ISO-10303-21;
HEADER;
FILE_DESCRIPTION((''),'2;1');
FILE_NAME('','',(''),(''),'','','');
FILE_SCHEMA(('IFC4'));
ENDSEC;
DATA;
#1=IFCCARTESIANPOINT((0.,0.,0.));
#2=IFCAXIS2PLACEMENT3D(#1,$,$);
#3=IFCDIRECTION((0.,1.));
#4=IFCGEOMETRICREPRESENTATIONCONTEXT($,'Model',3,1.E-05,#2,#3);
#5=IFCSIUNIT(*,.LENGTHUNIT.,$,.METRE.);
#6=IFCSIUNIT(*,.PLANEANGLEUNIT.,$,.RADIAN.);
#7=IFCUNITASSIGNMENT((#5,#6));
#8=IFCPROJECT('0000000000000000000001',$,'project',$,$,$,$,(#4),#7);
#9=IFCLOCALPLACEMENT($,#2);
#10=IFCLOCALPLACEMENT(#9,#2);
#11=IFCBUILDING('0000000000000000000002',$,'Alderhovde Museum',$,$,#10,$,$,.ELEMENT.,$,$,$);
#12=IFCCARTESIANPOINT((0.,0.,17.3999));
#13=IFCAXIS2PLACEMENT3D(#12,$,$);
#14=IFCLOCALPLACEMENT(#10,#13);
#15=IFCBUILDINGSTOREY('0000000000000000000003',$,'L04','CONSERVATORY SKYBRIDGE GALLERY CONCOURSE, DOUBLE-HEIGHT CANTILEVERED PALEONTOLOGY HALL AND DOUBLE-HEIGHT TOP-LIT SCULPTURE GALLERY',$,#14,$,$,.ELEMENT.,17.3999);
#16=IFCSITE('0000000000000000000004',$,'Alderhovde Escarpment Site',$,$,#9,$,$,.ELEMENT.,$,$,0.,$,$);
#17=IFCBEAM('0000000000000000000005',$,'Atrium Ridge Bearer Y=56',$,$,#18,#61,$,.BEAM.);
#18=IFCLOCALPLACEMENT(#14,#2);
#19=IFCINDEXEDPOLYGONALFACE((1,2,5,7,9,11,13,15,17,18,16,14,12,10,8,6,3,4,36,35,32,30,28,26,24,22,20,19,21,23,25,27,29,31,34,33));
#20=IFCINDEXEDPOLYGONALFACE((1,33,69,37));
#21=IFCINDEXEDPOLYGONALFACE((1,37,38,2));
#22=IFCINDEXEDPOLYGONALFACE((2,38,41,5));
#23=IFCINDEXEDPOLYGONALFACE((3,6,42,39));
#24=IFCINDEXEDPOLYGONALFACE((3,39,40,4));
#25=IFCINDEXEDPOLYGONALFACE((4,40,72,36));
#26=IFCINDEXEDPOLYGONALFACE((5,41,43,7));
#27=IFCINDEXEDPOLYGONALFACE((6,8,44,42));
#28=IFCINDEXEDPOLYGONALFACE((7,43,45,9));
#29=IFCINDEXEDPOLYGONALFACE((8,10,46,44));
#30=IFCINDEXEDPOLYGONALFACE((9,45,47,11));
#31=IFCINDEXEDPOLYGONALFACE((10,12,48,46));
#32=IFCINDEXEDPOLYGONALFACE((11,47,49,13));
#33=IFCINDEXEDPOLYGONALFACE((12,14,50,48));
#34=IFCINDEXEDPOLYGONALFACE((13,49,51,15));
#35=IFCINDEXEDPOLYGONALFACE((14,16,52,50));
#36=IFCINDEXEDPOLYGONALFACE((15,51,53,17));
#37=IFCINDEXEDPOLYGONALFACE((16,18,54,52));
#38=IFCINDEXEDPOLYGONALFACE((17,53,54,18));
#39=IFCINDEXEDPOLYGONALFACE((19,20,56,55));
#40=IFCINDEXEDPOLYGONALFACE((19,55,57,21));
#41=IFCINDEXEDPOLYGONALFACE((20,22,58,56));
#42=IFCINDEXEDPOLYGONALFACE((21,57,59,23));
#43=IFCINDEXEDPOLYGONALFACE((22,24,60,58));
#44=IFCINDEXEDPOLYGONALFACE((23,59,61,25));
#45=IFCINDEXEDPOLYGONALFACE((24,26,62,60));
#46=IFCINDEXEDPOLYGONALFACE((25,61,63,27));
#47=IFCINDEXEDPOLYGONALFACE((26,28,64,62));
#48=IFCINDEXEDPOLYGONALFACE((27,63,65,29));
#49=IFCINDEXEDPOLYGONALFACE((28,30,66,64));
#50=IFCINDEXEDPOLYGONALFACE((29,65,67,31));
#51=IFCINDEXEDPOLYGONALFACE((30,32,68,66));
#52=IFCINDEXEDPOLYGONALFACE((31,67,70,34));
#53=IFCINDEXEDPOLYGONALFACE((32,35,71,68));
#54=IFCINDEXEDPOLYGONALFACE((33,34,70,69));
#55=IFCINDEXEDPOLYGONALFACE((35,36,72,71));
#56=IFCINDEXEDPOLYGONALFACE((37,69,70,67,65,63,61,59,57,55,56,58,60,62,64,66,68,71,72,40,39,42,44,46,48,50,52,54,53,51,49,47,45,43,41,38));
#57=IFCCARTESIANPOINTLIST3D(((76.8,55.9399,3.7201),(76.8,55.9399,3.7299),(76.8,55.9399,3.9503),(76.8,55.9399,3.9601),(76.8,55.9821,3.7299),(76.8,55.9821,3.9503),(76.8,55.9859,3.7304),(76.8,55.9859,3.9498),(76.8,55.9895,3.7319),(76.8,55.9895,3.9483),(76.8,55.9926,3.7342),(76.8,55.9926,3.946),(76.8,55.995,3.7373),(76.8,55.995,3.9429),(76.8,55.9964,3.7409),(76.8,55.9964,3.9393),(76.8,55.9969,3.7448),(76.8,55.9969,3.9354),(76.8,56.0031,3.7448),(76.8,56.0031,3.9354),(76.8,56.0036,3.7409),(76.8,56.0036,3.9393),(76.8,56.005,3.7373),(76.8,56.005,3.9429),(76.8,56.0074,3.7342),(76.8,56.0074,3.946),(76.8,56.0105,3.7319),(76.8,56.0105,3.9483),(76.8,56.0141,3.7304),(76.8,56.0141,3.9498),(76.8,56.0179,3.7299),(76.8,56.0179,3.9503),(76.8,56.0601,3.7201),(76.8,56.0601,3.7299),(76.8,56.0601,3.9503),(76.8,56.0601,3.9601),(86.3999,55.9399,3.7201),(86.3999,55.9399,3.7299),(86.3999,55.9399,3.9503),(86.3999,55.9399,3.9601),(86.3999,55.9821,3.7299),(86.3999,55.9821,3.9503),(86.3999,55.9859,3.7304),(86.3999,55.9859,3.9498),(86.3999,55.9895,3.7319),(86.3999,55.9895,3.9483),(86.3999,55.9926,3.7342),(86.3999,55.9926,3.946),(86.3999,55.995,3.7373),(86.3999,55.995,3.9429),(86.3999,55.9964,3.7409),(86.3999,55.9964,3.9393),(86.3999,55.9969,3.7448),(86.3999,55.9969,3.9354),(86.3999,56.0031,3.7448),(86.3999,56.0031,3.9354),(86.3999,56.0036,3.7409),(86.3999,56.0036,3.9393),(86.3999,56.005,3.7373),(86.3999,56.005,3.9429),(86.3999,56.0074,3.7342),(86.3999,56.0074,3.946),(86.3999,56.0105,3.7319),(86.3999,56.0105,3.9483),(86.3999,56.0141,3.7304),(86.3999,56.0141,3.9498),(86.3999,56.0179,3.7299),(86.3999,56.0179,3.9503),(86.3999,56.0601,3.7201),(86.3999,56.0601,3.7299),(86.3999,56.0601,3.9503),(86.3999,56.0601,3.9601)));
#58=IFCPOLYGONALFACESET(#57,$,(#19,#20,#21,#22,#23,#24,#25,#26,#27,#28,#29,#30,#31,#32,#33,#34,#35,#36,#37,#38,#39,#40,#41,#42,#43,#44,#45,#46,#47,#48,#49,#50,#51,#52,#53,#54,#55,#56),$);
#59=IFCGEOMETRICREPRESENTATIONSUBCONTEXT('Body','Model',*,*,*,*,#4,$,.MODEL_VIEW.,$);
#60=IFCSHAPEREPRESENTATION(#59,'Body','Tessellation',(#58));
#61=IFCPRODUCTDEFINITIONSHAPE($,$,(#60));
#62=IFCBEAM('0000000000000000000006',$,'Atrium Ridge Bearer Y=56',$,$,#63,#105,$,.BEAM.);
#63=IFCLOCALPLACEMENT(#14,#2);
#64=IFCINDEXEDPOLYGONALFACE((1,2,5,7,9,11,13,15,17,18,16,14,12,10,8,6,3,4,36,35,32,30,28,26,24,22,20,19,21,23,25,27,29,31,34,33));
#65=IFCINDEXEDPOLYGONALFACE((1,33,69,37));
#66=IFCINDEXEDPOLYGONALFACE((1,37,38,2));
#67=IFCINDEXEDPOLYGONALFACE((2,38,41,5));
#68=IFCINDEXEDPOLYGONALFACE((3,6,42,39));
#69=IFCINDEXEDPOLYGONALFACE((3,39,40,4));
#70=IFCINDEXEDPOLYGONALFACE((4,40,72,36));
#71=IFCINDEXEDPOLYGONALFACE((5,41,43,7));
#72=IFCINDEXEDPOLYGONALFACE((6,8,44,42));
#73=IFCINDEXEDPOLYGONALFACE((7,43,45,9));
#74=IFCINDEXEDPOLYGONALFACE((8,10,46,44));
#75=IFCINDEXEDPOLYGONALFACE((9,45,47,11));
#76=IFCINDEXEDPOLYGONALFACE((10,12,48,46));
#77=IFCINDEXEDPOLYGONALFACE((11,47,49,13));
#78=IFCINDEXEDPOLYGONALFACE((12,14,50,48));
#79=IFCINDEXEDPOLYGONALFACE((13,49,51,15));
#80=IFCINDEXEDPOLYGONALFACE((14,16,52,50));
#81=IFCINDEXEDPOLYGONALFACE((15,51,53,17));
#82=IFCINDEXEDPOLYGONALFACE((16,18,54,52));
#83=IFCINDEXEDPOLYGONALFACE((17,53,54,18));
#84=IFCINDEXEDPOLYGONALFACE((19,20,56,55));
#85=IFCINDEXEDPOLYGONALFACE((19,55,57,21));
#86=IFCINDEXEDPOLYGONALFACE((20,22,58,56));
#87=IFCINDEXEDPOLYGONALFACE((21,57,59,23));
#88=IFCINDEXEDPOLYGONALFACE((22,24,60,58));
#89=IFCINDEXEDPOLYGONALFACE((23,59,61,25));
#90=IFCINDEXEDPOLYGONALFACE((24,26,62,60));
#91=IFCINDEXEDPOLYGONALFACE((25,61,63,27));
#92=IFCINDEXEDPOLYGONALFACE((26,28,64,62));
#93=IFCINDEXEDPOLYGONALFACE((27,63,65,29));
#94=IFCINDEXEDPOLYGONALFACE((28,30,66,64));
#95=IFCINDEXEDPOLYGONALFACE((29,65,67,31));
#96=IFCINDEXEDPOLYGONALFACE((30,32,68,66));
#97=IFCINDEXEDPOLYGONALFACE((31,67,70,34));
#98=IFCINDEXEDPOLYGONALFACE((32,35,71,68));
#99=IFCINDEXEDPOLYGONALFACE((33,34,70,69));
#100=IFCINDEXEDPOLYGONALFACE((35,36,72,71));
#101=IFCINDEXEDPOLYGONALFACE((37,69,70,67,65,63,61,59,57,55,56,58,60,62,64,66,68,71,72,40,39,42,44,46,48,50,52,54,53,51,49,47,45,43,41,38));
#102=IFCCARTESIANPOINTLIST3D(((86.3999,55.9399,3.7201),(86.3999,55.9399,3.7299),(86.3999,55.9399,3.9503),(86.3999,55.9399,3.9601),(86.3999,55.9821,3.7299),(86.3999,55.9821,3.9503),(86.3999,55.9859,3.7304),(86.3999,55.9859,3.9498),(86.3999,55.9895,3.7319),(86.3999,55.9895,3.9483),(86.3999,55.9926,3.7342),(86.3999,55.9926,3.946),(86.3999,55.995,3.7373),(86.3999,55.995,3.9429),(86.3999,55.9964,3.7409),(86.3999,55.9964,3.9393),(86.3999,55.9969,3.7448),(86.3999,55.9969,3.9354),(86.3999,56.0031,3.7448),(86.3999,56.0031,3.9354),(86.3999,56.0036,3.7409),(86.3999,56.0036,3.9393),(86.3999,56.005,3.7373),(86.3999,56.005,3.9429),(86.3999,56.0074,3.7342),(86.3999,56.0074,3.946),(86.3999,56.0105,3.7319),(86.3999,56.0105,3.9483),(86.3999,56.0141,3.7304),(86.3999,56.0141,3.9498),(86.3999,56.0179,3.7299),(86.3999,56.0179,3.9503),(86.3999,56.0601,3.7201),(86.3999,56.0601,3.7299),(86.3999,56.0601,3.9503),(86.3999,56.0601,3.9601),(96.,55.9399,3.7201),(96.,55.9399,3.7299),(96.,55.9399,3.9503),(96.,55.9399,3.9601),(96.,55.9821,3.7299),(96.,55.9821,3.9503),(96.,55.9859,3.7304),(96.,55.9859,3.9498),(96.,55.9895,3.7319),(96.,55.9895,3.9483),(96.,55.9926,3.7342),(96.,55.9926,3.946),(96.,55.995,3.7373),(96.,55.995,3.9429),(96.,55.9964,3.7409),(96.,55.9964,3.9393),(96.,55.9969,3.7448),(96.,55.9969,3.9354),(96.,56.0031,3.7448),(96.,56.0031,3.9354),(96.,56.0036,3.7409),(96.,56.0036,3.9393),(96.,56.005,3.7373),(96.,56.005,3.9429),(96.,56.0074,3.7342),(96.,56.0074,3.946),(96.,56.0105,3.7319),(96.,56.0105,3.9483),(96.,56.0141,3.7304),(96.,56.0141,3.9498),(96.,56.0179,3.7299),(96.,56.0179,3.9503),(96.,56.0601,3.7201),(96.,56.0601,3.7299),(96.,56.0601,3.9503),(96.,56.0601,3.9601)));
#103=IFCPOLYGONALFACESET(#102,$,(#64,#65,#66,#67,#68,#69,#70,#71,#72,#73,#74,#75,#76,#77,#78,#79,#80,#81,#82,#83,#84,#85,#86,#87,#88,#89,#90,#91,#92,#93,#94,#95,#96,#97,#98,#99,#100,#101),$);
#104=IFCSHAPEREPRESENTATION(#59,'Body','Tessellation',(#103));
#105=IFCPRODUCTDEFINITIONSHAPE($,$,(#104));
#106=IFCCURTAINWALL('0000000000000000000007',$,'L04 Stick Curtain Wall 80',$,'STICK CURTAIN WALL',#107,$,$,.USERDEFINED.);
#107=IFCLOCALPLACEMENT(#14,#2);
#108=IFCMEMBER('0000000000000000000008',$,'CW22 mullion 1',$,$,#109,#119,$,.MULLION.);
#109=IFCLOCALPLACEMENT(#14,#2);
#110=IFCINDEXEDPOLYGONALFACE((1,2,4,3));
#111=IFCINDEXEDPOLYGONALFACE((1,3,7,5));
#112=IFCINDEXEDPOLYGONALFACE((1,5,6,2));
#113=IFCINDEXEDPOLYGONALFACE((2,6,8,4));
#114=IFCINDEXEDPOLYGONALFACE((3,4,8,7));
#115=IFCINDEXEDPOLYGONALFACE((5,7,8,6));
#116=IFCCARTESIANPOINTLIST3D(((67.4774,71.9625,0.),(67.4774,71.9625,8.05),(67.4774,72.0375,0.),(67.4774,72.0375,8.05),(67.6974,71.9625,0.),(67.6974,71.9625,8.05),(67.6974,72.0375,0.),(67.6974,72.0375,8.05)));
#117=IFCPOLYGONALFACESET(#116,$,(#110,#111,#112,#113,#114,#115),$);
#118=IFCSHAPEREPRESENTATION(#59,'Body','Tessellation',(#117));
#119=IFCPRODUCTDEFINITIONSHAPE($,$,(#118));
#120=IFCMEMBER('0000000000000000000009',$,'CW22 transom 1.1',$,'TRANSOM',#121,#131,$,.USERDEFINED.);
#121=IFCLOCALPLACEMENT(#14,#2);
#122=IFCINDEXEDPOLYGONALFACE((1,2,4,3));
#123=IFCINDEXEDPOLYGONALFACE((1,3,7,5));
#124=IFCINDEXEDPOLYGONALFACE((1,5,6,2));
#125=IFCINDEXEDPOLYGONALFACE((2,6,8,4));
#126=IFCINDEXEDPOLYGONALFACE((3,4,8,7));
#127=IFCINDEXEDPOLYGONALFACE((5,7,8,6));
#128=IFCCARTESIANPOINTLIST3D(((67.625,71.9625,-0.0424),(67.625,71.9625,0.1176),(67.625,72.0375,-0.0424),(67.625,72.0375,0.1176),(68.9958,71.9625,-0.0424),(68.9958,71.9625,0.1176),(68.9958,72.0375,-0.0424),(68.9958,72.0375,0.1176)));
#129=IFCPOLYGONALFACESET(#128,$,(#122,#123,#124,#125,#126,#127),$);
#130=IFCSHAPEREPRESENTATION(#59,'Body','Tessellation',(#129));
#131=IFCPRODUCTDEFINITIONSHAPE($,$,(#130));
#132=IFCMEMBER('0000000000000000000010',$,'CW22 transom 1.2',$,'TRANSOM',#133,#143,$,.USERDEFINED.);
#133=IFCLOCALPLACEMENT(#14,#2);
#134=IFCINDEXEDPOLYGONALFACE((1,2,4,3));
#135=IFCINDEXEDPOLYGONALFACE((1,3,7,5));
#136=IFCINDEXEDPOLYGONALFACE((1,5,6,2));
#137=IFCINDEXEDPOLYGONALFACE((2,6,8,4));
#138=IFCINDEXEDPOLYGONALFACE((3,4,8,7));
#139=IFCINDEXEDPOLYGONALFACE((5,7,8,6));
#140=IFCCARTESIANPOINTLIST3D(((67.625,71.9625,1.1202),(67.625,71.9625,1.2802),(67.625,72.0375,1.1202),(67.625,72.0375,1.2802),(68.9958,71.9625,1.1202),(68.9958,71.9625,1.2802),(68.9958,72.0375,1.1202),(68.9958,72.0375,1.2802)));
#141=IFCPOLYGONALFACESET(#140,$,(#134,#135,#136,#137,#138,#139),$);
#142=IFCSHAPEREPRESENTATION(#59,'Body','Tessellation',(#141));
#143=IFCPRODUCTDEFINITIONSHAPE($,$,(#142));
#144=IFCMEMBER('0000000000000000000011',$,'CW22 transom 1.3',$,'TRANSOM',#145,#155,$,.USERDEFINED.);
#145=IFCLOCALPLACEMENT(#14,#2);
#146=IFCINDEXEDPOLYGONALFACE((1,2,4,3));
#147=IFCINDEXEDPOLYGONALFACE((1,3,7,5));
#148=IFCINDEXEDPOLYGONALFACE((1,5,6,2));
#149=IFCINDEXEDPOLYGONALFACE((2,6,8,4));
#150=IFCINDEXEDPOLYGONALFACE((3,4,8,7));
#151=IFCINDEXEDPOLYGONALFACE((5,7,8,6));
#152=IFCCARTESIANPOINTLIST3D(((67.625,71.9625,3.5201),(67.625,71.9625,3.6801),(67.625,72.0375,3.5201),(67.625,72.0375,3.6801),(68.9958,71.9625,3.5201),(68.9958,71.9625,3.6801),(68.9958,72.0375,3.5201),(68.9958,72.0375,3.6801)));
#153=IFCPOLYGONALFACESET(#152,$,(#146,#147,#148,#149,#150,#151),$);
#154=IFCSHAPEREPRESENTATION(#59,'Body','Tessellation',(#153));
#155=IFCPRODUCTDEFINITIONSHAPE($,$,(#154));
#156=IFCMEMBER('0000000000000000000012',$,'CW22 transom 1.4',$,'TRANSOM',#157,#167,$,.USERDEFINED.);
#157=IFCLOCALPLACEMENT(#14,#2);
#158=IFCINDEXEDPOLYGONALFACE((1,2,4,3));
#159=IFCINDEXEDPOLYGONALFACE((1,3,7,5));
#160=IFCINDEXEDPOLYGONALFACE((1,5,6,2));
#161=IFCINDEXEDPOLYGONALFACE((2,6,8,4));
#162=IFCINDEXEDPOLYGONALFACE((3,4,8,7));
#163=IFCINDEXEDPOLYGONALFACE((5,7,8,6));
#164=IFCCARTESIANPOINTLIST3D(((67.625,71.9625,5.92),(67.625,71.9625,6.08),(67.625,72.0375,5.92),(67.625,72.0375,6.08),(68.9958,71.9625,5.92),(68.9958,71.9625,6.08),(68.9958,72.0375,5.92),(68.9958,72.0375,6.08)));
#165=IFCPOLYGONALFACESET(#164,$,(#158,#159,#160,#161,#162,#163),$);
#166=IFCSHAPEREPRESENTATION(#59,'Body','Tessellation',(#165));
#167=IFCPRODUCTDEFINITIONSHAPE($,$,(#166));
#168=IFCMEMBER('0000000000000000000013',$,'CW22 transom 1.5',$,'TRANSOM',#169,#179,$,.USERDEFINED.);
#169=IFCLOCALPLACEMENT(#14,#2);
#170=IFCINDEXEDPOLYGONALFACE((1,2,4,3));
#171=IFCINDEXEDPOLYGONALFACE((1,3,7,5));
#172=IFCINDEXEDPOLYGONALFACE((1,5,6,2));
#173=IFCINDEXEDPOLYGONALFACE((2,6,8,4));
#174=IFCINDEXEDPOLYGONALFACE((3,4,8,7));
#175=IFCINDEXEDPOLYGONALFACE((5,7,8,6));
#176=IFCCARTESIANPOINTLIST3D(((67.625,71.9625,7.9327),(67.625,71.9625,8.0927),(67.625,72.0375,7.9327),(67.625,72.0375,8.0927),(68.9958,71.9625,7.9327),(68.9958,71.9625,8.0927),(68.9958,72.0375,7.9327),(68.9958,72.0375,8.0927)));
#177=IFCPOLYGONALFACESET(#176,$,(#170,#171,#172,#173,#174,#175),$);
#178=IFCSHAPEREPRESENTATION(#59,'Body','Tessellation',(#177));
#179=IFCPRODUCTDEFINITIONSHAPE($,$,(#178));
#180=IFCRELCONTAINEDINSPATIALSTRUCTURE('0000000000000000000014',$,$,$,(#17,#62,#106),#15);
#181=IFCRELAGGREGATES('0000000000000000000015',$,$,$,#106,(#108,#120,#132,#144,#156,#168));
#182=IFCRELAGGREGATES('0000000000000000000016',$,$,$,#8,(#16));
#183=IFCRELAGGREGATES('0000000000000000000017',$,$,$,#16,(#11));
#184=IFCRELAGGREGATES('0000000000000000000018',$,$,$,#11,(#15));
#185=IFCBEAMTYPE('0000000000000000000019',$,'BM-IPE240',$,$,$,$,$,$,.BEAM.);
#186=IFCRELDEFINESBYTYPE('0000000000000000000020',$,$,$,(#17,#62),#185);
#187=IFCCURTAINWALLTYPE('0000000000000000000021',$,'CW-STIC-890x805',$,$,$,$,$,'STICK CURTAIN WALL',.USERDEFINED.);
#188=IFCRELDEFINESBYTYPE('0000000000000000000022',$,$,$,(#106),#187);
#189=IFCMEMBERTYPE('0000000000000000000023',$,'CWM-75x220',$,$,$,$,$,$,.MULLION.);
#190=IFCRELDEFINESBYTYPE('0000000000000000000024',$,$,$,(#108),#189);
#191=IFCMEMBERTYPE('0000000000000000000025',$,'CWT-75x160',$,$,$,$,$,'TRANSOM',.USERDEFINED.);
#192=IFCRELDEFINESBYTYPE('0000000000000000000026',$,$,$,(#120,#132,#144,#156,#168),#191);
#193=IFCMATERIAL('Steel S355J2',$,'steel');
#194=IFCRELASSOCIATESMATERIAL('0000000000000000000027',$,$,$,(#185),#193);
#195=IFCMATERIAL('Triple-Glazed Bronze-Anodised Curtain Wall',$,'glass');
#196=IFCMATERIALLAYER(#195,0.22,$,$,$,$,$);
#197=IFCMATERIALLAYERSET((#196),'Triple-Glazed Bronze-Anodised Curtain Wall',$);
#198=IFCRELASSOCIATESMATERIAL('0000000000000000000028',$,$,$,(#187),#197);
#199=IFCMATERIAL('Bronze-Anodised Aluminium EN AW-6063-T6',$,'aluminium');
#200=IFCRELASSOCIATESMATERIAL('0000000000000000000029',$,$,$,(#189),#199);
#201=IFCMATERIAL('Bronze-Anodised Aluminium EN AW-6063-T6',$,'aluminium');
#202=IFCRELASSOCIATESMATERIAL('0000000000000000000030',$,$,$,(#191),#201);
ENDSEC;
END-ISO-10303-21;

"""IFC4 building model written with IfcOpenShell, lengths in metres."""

from ifc_helpers import new_model, si_unit, direction, frame, origin, origin_2d, place, context, subcontext, project, spatial, rectangle, i_section, extrude, material, layer, layer_set, material_profile, profile_set, type_object, element, aggregate, save


model = new_model("IFC4")

# Units and contexts
model_context = context("Model", 3, precision=1e-05, world=origin(), true_north=direction((0.0, 1.0)))
body_context = subcontext(model_context, "Body", "Model", "MODEL_VIEW")
ifc_project = project(units=[si_unit("LENGTHUNIT", "METRE"), si_unit("PLANEANGLEUNIT", "RADIAN")], contexts=[model_context])

# Site, building, storey
site_placement = place(None, origin())
site = spatial("IfcSite", under=ifc_project, at=site_placement, Name="Alderhovde Escarpment Site", CompositionType="ELEMENT", RefElevation=0.0)
building_placement = place(site_placement, origin())
building = spatial("IfcBuilding", under=site, at=building_placement, Name="Alderhovde Museum", CompositionType="ELEMENT")
storey_placement = place(building_placement, frame((0.0, 0.0, 17.3999)))
storey = spatial("IfcBuildingStorey", under=building, at=storey_placement, Name="L04", Description="CONSERVATORY SKYBRIDGE GALLERY CONCOURSE, DOUBLE-HEIGHT CANTILEVERED PALEONTOLOGY HALL AND DOUBLE-HEIGHT TOP-LIT SCULPTURE GALLERY", CompositionType="ELEMENT", Elevation=17.3999)

# Beams
ifc_material_1 = material(Name="Steel S355J2", Category="steel")
ifc_material_profile_1 = material_profile(ifc_material_1, i_section(OverallWidth=0.1201, OverallDepth=0.24, WebThickness=0.0061, FlangeThickness=0.0098, FilletRadius=0.0149, at=origin_2d()), Name="IPE 240")
ifc_profile_set_1 = profile_set([ifc_material_profile_1], Name="Steel S355J2")
beam_type_1 = type_object("IfcBeamType", Name="BM-IPE240", PredefinedType="BEAM", material=ifc_profile_set_1)
beam_1_placement = place(storey_placement, frame((76.8, 56.0, 3.8401), z_axis=(1.0, 0.0, 0.0), x_axis=(0.0, 1.0, 0.0)))
element("IfcBeam", 1, at=beam_1_placement, inside=storey, type_object=beam_type_1, Name="Atrium Ridge Bearer Y=56", PredefinedType="BEAM", context=body_context, shape_type="SweptSolid", body=[
    extrude(i_section(OverallWidth=0.1201, OverallDepth=0.24, WebThickness=0.0061, FlangeThickness=0.0098, FilletRadius=0.0149, at=origin_2d()), origin(), (0.0, 0.0, 1.0), 9.5999),
])
beam_2_placement = place(storey_placement, frame((86.3999, 56.0, 3.8401), z_axis=(1.0, 0.0, 0.0), x_axis=(0.0, 1.0, 0.0)))
element("IfcBeam", 2, at=beam_2_placement, inside=storey, type_object=beam_type_1, Name="Atrium Ridge Bearer Y=56", PredefinedType="BEAM", context=body_context, shape_type="SweptSolid", body=[
    extrude(i_section(OverallWidth=0.1201, OverallDepth=0.24, WebThickness=0.0061, FlangeThickness=0.0098, FilletRadius=0.0149, at=origin_2d()), origin(), (0.0, 0.0, 1.0), 9.6001),
])

# Curtain wall, members
ifc_material_2 = material(Name="Triple-Glazed Bronze-Anodised Curtain Wall", Category="glass")
ifc_layer_1 = layer(ifc_material_2, 0.22)
ifc_layer_set_1 = layer_set([ifc_layer_1], Name="Triple-Glazed Bronze-Anodised Curtain Wall")
curtain_wall_type = type_object("IfcCurtainWallType", Name="CW-STIC-890x805", ElementType="STICK CURTAIN WALL", PredefinedType="USERDEFINED", material=ifc_layer_set_1)
curtain_wall_placement = place(storey_placement, origin())
curtain_wall = element("IfcCurtainWall", 3, at=curtain_wall_placement, inside=storey, type_object=curtain_wall_type, Name="L04 Stick Curtain Wall 80", ObjectType="STICK CURTAIN WALL", PredefinedType="USERDEFINED")
ifc_material_3 = material(Name="Bronze-Anodised Aluminium EN AW-6063-T6", Category="aluminium")
ifc_material_profile_2 = material_profile(ifc_material_3, rectangle(XDim=0.075, YDim=0.22, at=origin_2d()), Name="MULLION 75x220")
ifc_profile_set_2 = profile_set([ifc_material_profile_2], Name="Bronze-Anodised Aluminium EN AW-6063-T6")
member_type_1 = type_object("IfcMemberType", Name="CWM-75x220", PredefinedType="MULLION", material=ifc_profile_set_2)
member_1_placement = place(storey_placement, frame((67.5874, 72.0, 0.0), z_axis=(0.0, 0.0, 1.0), x_axis=(0.0, 1.0, 0.0)))
member_1 = element("IfcMember", 4, at=member_1_placement, type_object=member_type_1, Name="CW22 mullion 1", PredefinedType="MULLION", context=body_context, shape_type="SweptSolid", body=[
    extrude(rectangle(XDim=0.075, YDim=0.22, at=origin_2d()), origin(), (0.0, 0.0, 1.0), 8.05),
])
ifc_material_4 = material(Name="Bronze-Anodised Aluminium EN AW-6063-T6", Category="aluminium")
ifc_material_profile_3 = material_profile(ifc_material_4, rectangle(XDim=0.075, YDim=0.1599, at=origin_2d()), Name="TRANSOM 75x160")
ifc_profile_set_3 = profile_set([ifc_material_profile_3], Name="Bronze-Anodised Aluminium EN AW-6063-T6")
member_type_2 = type_object("IfcMemberType", Name="CWT-75x160", ElementType="TRANSOM", PredefinedType="USERDEFINED", material=ifc_profile_set_3)
member_2_placement = place(storey_placement, frame((67.625, 72.0, 0.0376), z_axis=(1.0, 0.0, 0.0), x_axis=(0.0, 1.0, 0.0)))
member_2 = element("IfcMember", 5, at=member_2_placement, type_object=member_type_2, Name="CW22 transom 1.1", ObjectType="TRANSOM", PredefinedType="USERDEFINED", context=body_context, shape_type="SweptSolid", body=[
    extrude(rectangle(XDim=0.075, YDim=0.1599, at=origin_2d()), origin(), (0.0, 0.0, 1.0), 1.3708),
])
member_3_placement = place(storey_placement, frame((67.625, 72.0, 1.2002), z_axis=(1.0, 0.0, 0.0), x_axis=(0.0, 1.0, 0.0)))
member_3 = element("IfcMember", 6, at=member_3_placement, type_object=member_type_2, Name="CW22 transom 1.2", ObjectType="TRANSOM", PredefinedType="USERDEFINED", context=body_context, shape_type="SweptSolid", body=[
    extrude(rectangle(XDim=0.075, YDim=0.1599, at=origin_2d()), origin(), (0.0, 0.0, 1.0), 1.3708),
])
member_4_placement = place(storey_placement, frame((67.625, 72.0, 3.6001), z_axis=(1.0, 0.0, 0.0), x_axis=(0.0, 1.0, 0.0)))
member_4 = element("IfcMember", 7, at=member_4_placement, type_object=member_type_2, Name="CW22 transom 1.3", ObjectType="TRANSOM", PredefinedType="USERDEFINED", context=body_context, shape_type="SweptSolid", body=[
    extrude(rectangle(XDim=0.075, YDim=0.1599, at=origin_2d()), origin(), (0.0, 0.0, 1.0), 1.3708),
])
member_5_placement = place(storey_placement, frame((67.625, 72.0, 6.0), z_axis=(1.0, 0.0, 0.0), x_axis=(0.0, 1.0, 0.0)))
member_5 = element("IfcMember", 8, at=member_5_placement, type_object=member_type_2, Name="CW22 transom 1.4", ObjectType="TRANSOM", PredefinedType="USERDEFINED", context=body_context, shape_type="SweptSolid", body=[
    extrude(rectangle(XDim=0.075, YDim=0.1599, at=origin_2d()), origin(), (0.0, 0.0, 1.0), 1.3708),
])
member_6_placement = place(storey_placement, frame((67.625, 72.0, 8.0127), z_axis=(1.0, 0.0, 0.0), x_axis=(0.0, 1.0, 0.0)))
member_6 = element("IfcMember", 9, at=member_6_placement, type_object=member_type_2, Name="CW22 transom 1.5", ObjectType="TRANSOM", PredefinedType="USERDEFINED", context=body_context, shape_type="SweptSolid", body=[
    extrude(rectangle(XDim=0.075, YDim=0.1599, at=origin_2d()), origin(), (0.0, 0.0, 1.0), 1.3708),
])

aggregate(curtain_wall, [member_1, member_2, member_3, member_4, member_5, member_6])

save(model, "model.ifc")
